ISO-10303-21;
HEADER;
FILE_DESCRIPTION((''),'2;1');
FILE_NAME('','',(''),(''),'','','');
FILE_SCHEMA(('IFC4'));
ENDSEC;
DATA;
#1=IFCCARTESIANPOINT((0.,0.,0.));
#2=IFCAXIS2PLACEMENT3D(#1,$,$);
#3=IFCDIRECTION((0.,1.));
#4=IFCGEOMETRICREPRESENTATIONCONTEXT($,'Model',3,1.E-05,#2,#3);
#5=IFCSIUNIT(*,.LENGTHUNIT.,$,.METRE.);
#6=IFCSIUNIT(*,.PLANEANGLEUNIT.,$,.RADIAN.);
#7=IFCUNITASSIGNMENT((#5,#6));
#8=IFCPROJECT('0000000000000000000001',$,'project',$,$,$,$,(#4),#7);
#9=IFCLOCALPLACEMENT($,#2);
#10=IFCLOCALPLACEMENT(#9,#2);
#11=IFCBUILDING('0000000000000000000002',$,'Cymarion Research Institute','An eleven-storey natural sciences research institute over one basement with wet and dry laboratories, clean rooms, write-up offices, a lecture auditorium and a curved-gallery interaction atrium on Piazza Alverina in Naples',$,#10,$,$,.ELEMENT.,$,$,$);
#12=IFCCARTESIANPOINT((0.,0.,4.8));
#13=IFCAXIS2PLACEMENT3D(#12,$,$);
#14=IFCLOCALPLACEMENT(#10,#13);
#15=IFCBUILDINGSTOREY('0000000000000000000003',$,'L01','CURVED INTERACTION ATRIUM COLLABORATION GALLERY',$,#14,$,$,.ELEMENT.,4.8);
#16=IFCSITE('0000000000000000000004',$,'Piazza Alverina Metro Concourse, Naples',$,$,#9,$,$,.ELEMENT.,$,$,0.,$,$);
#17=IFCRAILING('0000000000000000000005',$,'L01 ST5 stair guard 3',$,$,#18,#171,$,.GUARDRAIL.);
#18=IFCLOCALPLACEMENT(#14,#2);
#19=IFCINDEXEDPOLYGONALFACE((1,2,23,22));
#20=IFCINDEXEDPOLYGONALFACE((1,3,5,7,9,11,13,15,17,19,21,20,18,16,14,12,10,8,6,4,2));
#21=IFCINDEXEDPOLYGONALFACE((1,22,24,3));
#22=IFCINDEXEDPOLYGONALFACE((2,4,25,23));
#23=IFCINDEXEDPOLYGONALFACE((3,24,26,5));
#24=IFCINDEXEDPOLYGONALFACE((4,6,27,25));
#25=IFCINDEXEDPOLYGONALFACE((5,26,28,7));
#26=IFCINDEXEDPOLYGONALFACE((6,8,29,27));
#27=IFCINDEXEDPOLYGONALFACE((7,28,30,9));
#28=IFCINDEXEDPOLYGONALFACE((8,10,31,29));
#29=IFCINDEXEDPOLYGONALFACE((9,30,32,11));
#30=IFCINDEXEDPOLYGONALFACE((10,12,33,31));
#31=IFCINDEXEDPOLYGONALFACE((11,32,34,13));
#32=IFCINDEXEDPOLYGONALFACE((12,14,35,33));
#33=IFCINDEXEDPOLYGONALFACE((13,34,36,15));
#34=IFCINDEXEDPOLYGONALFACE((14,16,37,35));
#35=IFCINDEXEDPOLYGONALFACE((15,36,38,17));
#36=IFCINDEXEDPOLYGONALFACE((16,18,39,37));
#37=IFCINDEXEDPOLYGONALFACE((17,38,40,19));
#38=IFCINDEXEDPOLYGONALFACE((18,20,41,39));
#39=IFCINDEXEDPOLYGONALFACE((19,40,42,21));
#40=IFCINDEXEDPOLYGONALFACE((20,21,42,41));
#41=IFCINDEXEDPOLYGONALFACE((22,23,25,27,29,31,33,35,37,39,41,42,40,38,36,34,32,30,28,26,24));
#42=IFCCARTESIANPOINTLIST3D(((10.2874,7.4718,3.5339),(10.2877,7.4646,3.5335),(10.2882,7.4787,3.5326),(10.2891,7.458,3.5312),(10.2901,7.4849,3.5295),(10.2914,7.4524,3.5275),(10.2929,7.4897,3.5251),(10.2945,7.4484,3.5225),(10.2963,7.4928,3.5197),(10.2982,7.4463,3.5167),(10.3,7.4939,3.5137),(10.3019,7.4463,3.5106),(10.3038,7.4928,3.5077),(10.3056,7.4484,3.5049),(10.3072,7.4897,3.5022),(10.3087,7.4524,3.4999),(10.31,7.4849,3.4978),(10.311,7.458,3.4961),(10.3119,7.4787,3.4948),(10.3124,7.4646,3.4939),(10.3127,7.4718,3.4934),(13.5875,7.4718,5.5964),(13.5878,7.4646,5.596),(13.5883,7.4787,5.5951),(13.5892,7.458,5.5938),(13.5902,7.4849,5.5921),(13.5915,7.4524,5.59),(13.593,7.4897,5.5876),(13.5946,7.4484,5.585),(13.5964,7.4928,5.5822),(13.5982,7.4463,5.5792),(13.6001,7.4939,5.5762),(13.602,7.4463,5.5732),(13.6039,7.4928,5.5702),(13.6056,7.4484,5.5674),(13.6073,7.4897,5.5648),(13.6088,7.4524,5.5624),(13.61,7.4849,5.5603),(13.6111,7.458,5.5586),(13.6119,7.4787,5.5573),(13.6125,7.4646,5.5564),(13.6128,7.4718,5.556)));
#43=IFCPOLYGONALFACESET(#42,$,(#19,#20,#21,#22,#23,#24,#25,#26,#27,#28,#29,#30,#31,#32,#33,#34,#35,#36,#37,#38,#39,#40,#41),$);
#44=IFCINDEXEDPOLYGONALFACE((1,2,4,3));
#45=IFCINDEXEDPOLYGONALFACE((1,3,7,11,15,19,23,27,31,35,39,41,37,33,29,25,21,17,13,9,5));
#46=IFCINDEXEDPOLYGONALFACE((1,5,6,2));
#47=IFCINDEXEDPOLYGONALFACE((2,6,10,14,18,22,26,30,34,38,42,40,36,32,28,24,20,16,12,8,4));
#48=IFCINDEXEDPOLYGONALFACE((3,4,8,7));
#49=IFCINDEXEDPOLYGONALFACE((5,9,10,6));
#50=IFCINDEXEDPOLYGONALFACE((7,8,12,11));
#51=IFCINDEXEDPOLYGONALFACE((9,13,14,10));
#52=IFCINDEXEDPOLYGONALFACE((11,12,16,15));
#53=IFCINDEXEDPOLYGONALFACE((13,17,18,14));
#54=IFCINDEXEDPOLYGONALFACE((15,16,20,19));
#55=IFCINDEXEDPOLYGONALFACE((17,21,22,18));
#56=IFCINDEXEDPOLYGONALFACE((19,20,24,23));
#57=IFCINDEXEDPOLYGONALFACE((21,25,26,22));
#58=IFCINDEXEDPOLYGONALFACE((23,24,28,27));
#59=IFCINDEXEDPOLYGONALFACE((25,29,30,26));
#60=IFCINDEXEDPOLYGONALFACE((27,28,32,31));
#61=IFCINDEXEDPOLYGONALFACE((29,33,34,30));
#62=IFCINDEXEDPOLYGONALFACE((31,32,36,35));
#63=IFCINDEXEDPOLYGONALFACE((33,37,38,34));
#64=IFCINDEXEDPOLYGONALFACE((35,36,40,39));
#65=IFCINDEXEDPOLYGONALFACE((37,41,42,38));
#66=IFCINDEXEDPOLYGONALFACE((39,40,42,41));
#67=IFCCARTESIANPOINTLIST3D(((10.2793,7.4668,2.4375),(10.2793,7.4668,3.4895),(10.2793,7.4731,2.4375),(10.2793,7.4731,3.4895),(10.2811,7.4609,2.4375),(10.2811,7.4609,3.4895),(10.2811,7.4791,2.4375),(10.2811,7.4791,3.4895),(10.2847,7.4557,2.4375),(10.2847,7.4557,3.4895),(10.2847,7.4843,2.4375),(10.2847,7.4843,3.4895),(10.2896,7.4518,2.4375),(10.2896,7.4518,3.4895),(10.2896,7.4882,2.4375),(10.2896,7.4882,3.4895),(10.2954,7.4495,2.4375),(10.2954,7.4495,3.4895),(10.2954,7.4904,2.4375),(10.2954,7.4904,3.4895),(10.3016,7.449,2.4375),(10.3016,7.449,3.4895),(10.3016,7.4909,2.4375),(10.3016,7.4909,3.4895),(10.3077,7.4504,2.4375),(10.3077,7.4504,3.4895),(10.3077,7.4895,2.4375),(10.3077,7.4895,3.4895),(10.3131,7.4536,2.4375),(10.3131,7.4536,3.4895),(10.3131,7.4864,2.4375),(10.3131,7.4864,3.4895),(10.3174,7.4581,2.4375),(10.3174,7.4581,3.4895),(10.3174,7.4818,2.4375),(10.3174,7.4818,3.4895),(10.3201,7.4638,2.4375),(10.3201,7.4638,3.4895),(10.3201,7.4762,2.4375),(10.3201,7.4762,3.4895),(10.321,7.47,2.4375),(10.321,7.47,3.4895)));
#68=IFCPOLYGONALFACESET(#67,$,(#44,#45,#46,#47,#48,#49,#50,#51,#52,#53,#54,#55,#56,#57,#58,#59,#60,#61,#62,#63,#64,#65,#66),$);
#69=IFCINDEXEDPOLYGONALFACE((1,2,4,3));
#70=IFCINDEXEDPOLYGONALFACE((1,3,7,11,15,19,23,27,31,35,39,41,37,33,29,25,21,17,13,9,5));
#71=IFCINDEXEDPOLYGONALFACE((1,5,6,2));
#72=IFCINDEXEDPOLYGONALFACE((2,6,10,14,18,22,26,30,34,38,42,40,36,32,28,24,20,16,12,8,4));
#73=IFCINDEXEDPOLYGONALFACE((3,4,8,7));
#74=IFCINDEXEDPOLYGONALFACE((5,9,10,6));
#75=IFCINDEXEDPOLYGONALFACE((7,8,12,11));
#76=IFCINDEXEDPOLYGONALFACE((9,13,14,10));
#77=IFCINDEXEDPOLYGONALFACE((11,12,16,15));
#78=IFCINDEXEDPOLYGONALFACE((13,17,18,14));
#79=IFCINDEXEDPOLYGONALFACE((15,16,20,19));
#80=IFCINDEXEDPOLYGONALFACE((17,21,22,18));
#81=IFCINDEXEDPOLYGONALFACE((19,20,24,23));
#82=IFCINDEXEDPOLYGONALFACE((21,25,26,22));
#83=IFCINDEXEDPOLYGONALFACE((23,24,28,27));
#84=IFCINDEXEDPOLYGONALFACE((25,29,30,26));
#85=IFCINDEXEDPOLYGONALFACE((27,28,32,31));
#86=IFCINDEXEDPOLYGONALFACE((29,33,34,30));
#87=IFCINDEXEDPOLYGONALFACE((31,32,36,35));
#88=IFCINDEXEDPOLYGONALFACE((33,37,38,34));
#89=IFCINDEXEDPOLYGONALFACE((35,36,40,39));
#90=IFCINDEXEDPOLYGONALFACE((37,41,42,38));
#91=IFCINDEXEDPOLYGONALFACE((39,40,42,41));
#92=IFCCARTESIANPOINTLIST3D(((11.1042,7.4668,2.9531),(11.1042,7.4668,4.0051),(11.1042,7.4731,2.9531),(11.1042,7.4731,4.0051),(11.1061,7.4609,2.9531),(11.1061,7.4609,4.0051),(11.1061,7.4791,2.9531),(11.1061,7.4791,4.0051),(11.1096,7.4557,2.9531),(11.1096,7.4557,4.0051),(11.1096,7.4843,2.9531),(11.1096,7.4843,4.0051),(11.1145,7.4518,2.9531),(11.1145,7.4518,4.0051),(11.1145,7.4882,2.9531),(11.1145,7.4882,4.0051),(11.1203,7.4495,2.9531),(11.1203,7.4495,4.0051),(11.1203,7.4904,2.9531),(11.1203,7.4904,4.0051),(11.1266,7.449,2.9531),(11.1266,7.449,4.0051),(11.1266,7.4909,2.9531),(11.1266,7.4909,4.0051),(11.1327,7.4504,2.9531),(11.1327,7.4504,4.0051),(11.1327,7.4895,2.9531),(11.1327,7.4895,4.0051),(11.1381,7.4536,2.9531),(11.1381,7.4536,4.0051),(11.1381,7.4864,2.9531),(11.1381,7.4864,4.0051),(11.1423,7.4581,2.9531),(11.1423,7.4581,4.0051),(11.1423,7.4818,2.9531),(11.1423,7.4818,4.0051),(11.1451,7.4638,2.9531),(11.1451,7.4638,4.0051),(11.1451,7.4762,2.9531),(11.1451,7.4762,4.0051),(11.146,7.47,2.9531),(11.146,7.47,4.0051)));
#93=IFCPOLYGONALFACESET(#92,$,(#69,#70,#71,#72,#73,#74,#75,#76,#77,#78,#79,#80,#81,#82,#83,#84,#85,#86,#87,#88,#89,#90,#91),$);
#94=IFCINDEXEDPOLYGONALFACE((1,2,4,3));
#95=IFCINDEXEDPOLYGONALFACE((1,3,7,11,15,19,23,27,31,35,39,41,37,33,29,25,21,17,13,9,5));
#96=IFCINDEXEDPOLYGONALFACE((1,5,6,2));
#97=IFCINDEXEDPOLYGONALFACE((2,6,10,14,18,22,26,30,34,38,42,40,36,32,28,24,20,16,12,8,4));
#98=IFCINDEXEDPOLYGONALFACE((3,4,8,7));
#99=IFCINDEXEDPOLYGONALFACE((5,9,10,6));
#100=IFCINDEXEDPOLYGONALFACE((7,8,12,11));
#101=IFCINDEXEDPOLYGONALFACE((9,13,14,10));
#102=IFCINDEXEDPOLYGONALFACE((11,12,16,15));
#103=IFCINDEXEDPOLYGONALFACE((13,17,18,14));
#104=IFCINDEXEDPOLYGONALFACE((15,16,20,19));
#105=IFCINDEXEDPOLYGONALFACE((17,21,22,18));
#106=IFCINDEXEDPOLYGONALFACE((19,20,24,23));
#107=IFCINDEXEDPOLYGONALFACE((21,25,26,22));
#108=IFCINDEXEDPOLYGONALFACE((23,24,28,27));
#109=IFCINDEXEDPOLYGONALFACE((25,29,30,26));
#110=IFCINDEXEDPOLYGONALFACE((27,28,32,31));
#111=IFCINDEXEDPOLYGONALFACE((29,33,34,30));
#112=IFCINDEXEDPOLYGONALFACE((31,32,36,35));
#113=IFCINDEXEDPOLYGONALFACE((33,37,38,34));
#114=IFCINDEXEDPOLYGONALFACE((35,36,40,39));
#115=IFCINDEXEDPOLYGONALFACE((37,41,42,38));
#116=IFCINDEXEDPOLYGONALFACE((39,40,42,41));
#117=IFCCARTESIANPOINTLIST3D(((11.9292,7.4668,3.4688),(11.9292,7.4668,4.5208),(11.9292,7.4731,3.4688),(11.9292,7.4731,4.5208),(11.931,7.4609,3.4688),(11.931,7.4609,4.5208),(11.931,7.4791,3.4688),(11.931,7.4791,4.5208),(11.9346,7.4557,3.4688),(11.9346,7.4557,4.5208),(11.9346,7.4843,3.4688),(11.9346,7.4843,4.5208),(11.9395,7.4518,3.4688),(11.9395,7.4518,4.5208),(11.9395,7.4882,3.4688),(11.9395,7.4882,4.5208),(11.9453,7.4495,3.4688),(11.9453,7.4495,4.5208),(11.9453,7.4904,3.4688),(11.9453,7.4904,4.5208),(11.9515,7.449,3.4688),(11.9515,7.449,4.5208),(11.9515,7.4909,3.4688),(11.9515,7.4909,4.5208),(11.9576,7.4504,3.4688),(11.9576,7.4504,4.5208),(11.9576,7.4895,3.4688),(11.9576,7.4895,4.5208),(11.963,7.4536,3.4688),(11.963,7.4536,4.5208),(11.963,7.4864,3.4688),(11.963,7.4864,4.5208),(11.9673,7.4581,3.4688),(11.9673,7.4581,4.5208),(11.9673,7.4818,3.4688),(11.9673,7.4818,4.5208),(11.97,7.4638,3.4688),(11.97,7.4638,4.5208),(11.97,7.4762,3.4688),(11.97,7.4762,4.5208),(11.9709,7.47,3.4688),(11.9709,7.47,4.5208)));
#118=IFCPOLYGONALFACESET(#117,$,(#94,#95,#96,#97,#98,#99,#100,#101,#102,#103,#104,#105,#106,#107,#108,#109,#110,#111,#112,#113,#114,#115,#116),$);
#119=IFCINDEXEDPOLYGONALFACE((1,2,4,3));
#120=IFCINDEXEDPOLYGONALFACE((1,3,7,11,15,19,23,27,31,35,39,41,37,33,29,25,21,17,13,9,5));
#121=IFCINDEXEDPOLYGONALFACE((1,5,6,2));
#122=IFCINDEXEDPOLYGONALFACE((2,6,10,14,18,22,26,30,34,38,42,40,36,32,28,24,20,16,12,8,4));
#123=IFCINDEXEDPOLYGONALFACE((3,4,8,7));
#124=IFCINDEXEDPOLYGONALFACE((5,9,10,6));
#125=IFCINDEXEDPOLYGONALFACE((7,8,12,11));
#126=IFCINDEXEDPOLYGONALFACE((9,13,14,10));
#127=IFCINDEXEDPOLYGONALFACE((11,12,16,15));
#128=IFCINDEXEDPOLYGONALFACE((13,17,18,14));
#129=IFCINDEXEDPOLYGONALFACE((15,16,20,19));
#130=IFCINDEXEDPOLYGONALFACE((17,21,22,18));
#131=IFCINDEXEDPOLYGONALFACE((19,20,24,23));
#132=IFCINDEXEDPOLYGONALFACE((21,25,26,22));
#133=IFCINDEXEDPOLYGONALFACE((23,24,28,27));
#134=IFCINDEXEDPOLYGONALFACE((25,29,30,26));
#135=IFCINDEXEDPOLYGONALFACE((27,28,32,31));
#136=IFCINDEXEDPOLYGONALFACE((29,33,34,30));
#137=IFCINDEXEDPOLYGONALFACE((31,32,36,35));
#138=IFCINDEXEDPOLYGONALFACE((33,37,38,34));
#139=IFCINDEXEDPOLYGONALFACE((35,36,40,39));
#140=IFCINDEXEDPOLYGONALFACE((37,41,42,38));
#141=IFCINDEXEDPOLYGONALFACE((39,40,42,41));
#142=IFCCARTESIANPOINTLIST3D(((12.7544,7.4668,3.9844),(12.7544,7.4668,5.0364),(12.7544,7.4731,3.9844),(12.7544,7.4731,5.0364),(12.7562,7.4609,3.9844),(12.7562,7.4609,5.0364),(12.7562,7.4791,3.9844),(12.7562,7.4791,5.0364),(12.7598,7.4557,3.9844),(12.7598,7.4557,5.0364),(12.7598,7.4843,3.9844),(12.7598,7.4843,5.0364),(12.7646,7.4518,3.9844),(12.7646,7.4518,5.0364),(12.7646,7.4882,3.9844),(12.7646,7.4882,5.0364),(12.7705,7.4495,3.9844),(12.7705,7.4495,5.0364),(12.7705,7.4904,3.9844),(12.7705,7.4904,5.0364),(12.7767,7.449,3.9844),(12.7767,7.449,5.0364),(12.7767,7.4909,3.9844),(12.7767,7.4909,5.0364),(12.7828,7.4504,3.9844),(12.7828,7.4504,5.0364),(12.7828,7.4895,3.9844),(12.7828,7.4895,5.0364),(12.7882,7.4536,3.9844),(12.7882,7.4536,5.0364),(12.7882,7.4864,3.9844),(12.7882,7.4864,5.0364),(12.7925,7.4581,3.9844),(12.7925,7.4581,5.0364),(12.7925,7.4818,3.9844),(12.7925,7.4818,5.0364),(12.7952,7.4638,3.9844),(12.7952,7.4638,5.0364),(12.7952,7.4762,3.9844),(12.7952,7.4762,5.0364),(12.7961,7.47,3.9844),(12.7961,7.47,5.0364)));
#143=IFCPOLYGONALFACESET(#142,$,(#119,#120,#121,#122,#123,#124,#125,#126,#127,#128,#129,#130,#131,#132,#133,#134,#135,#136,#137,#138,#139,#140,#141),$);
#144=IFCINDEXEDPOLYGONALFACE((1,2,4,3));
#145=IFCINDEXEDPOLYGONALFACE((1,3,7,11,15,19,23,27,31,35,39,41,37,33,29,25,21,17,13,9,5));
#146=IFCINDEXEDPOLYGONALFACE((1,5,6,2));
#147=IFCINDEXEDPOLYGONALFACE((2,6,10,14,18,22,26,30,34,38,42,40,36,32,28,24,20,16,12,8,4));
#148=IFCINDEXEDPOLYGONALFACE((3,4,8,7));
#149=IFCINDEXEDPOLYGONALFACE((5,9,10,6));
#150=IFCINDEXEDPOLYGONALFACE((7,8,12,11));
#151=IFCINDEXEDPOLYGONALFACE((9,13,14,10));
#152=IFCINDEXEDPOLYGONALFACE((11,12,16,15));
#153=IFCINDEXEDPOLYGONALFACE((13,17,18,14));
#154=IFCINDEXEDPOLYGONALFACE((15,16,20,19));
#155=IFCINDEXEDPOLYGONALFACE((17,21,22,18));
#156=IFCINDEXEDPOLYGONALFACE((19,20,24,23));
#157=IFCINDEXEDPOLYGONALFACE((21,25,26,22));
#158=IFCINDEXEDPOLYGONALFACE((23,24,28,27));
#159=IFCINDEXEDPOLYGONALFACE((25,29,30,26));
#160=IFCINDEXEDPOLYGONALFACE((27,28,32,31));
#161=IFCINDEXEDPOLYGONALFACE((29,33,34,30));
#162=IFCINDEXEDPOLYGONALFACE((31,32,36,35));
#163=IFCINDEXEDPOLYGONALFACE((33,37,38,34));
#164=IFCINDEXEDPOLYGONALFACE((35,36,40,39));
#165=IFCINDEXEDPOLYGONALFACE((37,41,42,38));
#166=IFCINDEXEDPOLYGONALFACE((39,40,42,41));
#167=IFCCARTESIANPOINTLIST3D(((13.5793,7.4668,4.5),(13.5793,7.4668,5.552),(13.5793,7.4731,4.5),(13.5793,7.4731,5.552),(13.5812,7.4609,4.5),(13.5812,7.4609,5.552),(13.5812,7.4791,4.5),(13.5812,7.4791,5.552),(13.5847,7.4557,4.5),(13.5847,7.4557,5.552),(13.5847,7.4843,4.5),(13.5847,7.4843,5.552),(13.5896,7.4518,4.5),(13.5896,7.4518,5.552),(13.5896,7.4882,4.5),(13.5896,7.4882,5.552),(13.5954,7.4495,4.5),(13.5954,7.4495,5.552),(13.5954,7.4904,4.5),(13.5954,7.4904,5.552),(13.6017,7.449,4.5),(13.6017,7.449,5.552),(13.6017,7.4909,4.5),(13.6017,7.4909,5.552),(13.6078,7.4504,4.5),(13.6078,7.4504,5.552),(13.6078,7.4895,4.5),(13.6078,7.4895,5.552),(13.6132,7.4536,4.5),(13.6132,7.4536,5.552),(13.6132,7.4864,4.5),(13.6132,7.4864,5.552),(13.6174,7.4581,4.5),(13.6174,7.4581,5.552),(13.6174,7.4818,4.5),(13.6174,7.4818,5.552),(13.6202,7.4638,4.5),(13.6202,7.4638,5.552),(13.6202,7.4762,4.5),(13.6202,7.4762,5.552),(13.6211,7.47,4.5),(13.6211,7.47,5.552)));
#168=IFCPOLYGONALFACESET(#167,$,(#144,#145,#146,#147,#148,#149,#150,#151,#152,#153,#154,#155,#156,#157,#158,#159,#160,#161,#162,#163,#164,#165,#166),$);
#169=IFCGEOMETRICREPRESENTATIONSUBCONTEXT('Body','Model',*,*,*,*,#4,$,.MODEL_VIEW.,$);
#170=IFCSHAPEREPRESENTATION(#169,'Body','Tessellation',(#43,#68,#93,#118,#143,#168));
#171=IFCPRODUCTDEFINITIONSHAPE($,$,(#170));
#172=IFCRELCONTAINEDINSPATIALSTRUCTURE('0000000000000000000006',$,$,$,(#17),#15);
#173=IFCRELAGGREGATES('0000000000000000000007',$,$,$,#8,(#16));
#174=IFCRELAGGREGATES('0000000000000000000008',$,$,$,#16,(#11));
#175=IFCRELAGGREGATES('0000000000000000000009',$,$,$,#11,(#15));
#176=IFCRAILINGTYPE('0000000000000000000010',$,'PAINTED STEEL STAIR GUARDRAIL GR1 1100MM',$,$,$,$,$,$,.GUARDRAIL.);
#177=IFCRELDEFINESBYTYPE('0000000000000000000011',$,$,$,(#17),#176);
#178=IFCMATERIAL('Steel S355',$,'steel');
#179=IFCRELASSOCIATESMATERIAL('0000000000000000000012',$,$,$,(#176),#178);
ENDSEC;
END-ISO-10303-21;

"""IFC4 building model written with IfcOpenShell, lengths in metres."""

from ifc_helpers import new_model, si_unit, direction, frame, origin, origin_2d, place, context, subcontext, project, spatial, circle, extrude, material, type_object, element, save


model = new_model("IFC4")

# Units and contexts
model_context = context("Model", 3, precision=1e-05, world=origin(), true_north=direction((0.0, 1.0)))
body_context = subcontext(model_context, "Body", "Model", "MODEL_VIEW")
ifc_project = project(units=[si_unit("LENGTHUNIT", "METRE"), si_unit("PLANEANGLEUNIT", "RADIAN")], contexts=[model_context])

# Site, building, storey
site_placement = place(None, origin())
site = spatial("IfcSite", under=ifc_project, at=site_placement, Name="Piazza Alverina Metro Concourse, Naples", CompositionType="ELEMENT", RefElevation=0.0)
building_placement = place(site_placement, origin())
building = spatial("IfcBuilding", under=site, at=building_placement, Name="Cymarion Research Institute", Description="An eleven-storey natural sciences research institute over one basement with wet and dry laboratories, clean rooms, write-up offices, a lecture auditorium and a curved-gallery interaction atrium on Piazza Alverina in Naples", CompositionType="ELEMENT")
storey_placement = place(building_placement, frame((0.0, 0.0, 4.8)))
storey = spatial("IfcBuildingStorey", under=building, at=storey_placement, Name="L01", Description="CURVED INTERACTION ATRIUM COLLABORATION GALLERY", CompositionType="ELEMENT", Elevation=4.8)

# Shared definitions
ifc_material_1 = material(Name="Steel S355", Category="steel")

# Railing
railing_type_1 = type_object("IfcRailingType", Name="PAINTED STEEL STAIR GUARDRAIL GR1 1100MM", PredefinedType="GUARDRAIL", material=ifc_material_1)
railing_1_placement = place(storey_placement, frame((10.3, 7.47, 2.4375)))
element("IfcRailing", 1, at=railing_1_placement, inside=storey, type_object=railing_type_1, Name="L01 ST5 stair guard 3", PredefinedType="GUARDRAIL", context=body_context, shape_type="SweptSolid", body=[
    extrude(circle(Radius=0.0239, at=origin_2d()), frame((0.0, 0.0, 1.0762), z_axis=(0.848002, 0.0, 0.529993), x_axis=(0.0, 1.0, 0.0)), (0.0, 0.0, 1.0), 3.8916),
    extrude(circle(Radius=0.021, at=origin_2d()), origin(), (0.0, 0.0, 1.0), 1.052),
    extrude(circle(Radius=0.021, at=origin_2d()), frame((0.825, 0.0, 0.5156)), (0.0, 0.0, 1.0), 1.052),
    extrude(circle(Radius=0.021, at=origin_2d()), frame((1.6499, 0.0, 1.0312)), (0.0, 0.0, 1.0), 1.052),
    extrude(circle(Radius=0.021, at=origin_2d()), frame((2.4751, 0.0, 1.5469)), (0.0, 0.0, 1.0), 1.052),
    extrude(circle(Radius=0.021, at=origin_2d()), frame((3.3, 0.0, 2.0625)), (0.0, 0.0, 1.0), 1.052),
])

save(model, "model.ifc")
